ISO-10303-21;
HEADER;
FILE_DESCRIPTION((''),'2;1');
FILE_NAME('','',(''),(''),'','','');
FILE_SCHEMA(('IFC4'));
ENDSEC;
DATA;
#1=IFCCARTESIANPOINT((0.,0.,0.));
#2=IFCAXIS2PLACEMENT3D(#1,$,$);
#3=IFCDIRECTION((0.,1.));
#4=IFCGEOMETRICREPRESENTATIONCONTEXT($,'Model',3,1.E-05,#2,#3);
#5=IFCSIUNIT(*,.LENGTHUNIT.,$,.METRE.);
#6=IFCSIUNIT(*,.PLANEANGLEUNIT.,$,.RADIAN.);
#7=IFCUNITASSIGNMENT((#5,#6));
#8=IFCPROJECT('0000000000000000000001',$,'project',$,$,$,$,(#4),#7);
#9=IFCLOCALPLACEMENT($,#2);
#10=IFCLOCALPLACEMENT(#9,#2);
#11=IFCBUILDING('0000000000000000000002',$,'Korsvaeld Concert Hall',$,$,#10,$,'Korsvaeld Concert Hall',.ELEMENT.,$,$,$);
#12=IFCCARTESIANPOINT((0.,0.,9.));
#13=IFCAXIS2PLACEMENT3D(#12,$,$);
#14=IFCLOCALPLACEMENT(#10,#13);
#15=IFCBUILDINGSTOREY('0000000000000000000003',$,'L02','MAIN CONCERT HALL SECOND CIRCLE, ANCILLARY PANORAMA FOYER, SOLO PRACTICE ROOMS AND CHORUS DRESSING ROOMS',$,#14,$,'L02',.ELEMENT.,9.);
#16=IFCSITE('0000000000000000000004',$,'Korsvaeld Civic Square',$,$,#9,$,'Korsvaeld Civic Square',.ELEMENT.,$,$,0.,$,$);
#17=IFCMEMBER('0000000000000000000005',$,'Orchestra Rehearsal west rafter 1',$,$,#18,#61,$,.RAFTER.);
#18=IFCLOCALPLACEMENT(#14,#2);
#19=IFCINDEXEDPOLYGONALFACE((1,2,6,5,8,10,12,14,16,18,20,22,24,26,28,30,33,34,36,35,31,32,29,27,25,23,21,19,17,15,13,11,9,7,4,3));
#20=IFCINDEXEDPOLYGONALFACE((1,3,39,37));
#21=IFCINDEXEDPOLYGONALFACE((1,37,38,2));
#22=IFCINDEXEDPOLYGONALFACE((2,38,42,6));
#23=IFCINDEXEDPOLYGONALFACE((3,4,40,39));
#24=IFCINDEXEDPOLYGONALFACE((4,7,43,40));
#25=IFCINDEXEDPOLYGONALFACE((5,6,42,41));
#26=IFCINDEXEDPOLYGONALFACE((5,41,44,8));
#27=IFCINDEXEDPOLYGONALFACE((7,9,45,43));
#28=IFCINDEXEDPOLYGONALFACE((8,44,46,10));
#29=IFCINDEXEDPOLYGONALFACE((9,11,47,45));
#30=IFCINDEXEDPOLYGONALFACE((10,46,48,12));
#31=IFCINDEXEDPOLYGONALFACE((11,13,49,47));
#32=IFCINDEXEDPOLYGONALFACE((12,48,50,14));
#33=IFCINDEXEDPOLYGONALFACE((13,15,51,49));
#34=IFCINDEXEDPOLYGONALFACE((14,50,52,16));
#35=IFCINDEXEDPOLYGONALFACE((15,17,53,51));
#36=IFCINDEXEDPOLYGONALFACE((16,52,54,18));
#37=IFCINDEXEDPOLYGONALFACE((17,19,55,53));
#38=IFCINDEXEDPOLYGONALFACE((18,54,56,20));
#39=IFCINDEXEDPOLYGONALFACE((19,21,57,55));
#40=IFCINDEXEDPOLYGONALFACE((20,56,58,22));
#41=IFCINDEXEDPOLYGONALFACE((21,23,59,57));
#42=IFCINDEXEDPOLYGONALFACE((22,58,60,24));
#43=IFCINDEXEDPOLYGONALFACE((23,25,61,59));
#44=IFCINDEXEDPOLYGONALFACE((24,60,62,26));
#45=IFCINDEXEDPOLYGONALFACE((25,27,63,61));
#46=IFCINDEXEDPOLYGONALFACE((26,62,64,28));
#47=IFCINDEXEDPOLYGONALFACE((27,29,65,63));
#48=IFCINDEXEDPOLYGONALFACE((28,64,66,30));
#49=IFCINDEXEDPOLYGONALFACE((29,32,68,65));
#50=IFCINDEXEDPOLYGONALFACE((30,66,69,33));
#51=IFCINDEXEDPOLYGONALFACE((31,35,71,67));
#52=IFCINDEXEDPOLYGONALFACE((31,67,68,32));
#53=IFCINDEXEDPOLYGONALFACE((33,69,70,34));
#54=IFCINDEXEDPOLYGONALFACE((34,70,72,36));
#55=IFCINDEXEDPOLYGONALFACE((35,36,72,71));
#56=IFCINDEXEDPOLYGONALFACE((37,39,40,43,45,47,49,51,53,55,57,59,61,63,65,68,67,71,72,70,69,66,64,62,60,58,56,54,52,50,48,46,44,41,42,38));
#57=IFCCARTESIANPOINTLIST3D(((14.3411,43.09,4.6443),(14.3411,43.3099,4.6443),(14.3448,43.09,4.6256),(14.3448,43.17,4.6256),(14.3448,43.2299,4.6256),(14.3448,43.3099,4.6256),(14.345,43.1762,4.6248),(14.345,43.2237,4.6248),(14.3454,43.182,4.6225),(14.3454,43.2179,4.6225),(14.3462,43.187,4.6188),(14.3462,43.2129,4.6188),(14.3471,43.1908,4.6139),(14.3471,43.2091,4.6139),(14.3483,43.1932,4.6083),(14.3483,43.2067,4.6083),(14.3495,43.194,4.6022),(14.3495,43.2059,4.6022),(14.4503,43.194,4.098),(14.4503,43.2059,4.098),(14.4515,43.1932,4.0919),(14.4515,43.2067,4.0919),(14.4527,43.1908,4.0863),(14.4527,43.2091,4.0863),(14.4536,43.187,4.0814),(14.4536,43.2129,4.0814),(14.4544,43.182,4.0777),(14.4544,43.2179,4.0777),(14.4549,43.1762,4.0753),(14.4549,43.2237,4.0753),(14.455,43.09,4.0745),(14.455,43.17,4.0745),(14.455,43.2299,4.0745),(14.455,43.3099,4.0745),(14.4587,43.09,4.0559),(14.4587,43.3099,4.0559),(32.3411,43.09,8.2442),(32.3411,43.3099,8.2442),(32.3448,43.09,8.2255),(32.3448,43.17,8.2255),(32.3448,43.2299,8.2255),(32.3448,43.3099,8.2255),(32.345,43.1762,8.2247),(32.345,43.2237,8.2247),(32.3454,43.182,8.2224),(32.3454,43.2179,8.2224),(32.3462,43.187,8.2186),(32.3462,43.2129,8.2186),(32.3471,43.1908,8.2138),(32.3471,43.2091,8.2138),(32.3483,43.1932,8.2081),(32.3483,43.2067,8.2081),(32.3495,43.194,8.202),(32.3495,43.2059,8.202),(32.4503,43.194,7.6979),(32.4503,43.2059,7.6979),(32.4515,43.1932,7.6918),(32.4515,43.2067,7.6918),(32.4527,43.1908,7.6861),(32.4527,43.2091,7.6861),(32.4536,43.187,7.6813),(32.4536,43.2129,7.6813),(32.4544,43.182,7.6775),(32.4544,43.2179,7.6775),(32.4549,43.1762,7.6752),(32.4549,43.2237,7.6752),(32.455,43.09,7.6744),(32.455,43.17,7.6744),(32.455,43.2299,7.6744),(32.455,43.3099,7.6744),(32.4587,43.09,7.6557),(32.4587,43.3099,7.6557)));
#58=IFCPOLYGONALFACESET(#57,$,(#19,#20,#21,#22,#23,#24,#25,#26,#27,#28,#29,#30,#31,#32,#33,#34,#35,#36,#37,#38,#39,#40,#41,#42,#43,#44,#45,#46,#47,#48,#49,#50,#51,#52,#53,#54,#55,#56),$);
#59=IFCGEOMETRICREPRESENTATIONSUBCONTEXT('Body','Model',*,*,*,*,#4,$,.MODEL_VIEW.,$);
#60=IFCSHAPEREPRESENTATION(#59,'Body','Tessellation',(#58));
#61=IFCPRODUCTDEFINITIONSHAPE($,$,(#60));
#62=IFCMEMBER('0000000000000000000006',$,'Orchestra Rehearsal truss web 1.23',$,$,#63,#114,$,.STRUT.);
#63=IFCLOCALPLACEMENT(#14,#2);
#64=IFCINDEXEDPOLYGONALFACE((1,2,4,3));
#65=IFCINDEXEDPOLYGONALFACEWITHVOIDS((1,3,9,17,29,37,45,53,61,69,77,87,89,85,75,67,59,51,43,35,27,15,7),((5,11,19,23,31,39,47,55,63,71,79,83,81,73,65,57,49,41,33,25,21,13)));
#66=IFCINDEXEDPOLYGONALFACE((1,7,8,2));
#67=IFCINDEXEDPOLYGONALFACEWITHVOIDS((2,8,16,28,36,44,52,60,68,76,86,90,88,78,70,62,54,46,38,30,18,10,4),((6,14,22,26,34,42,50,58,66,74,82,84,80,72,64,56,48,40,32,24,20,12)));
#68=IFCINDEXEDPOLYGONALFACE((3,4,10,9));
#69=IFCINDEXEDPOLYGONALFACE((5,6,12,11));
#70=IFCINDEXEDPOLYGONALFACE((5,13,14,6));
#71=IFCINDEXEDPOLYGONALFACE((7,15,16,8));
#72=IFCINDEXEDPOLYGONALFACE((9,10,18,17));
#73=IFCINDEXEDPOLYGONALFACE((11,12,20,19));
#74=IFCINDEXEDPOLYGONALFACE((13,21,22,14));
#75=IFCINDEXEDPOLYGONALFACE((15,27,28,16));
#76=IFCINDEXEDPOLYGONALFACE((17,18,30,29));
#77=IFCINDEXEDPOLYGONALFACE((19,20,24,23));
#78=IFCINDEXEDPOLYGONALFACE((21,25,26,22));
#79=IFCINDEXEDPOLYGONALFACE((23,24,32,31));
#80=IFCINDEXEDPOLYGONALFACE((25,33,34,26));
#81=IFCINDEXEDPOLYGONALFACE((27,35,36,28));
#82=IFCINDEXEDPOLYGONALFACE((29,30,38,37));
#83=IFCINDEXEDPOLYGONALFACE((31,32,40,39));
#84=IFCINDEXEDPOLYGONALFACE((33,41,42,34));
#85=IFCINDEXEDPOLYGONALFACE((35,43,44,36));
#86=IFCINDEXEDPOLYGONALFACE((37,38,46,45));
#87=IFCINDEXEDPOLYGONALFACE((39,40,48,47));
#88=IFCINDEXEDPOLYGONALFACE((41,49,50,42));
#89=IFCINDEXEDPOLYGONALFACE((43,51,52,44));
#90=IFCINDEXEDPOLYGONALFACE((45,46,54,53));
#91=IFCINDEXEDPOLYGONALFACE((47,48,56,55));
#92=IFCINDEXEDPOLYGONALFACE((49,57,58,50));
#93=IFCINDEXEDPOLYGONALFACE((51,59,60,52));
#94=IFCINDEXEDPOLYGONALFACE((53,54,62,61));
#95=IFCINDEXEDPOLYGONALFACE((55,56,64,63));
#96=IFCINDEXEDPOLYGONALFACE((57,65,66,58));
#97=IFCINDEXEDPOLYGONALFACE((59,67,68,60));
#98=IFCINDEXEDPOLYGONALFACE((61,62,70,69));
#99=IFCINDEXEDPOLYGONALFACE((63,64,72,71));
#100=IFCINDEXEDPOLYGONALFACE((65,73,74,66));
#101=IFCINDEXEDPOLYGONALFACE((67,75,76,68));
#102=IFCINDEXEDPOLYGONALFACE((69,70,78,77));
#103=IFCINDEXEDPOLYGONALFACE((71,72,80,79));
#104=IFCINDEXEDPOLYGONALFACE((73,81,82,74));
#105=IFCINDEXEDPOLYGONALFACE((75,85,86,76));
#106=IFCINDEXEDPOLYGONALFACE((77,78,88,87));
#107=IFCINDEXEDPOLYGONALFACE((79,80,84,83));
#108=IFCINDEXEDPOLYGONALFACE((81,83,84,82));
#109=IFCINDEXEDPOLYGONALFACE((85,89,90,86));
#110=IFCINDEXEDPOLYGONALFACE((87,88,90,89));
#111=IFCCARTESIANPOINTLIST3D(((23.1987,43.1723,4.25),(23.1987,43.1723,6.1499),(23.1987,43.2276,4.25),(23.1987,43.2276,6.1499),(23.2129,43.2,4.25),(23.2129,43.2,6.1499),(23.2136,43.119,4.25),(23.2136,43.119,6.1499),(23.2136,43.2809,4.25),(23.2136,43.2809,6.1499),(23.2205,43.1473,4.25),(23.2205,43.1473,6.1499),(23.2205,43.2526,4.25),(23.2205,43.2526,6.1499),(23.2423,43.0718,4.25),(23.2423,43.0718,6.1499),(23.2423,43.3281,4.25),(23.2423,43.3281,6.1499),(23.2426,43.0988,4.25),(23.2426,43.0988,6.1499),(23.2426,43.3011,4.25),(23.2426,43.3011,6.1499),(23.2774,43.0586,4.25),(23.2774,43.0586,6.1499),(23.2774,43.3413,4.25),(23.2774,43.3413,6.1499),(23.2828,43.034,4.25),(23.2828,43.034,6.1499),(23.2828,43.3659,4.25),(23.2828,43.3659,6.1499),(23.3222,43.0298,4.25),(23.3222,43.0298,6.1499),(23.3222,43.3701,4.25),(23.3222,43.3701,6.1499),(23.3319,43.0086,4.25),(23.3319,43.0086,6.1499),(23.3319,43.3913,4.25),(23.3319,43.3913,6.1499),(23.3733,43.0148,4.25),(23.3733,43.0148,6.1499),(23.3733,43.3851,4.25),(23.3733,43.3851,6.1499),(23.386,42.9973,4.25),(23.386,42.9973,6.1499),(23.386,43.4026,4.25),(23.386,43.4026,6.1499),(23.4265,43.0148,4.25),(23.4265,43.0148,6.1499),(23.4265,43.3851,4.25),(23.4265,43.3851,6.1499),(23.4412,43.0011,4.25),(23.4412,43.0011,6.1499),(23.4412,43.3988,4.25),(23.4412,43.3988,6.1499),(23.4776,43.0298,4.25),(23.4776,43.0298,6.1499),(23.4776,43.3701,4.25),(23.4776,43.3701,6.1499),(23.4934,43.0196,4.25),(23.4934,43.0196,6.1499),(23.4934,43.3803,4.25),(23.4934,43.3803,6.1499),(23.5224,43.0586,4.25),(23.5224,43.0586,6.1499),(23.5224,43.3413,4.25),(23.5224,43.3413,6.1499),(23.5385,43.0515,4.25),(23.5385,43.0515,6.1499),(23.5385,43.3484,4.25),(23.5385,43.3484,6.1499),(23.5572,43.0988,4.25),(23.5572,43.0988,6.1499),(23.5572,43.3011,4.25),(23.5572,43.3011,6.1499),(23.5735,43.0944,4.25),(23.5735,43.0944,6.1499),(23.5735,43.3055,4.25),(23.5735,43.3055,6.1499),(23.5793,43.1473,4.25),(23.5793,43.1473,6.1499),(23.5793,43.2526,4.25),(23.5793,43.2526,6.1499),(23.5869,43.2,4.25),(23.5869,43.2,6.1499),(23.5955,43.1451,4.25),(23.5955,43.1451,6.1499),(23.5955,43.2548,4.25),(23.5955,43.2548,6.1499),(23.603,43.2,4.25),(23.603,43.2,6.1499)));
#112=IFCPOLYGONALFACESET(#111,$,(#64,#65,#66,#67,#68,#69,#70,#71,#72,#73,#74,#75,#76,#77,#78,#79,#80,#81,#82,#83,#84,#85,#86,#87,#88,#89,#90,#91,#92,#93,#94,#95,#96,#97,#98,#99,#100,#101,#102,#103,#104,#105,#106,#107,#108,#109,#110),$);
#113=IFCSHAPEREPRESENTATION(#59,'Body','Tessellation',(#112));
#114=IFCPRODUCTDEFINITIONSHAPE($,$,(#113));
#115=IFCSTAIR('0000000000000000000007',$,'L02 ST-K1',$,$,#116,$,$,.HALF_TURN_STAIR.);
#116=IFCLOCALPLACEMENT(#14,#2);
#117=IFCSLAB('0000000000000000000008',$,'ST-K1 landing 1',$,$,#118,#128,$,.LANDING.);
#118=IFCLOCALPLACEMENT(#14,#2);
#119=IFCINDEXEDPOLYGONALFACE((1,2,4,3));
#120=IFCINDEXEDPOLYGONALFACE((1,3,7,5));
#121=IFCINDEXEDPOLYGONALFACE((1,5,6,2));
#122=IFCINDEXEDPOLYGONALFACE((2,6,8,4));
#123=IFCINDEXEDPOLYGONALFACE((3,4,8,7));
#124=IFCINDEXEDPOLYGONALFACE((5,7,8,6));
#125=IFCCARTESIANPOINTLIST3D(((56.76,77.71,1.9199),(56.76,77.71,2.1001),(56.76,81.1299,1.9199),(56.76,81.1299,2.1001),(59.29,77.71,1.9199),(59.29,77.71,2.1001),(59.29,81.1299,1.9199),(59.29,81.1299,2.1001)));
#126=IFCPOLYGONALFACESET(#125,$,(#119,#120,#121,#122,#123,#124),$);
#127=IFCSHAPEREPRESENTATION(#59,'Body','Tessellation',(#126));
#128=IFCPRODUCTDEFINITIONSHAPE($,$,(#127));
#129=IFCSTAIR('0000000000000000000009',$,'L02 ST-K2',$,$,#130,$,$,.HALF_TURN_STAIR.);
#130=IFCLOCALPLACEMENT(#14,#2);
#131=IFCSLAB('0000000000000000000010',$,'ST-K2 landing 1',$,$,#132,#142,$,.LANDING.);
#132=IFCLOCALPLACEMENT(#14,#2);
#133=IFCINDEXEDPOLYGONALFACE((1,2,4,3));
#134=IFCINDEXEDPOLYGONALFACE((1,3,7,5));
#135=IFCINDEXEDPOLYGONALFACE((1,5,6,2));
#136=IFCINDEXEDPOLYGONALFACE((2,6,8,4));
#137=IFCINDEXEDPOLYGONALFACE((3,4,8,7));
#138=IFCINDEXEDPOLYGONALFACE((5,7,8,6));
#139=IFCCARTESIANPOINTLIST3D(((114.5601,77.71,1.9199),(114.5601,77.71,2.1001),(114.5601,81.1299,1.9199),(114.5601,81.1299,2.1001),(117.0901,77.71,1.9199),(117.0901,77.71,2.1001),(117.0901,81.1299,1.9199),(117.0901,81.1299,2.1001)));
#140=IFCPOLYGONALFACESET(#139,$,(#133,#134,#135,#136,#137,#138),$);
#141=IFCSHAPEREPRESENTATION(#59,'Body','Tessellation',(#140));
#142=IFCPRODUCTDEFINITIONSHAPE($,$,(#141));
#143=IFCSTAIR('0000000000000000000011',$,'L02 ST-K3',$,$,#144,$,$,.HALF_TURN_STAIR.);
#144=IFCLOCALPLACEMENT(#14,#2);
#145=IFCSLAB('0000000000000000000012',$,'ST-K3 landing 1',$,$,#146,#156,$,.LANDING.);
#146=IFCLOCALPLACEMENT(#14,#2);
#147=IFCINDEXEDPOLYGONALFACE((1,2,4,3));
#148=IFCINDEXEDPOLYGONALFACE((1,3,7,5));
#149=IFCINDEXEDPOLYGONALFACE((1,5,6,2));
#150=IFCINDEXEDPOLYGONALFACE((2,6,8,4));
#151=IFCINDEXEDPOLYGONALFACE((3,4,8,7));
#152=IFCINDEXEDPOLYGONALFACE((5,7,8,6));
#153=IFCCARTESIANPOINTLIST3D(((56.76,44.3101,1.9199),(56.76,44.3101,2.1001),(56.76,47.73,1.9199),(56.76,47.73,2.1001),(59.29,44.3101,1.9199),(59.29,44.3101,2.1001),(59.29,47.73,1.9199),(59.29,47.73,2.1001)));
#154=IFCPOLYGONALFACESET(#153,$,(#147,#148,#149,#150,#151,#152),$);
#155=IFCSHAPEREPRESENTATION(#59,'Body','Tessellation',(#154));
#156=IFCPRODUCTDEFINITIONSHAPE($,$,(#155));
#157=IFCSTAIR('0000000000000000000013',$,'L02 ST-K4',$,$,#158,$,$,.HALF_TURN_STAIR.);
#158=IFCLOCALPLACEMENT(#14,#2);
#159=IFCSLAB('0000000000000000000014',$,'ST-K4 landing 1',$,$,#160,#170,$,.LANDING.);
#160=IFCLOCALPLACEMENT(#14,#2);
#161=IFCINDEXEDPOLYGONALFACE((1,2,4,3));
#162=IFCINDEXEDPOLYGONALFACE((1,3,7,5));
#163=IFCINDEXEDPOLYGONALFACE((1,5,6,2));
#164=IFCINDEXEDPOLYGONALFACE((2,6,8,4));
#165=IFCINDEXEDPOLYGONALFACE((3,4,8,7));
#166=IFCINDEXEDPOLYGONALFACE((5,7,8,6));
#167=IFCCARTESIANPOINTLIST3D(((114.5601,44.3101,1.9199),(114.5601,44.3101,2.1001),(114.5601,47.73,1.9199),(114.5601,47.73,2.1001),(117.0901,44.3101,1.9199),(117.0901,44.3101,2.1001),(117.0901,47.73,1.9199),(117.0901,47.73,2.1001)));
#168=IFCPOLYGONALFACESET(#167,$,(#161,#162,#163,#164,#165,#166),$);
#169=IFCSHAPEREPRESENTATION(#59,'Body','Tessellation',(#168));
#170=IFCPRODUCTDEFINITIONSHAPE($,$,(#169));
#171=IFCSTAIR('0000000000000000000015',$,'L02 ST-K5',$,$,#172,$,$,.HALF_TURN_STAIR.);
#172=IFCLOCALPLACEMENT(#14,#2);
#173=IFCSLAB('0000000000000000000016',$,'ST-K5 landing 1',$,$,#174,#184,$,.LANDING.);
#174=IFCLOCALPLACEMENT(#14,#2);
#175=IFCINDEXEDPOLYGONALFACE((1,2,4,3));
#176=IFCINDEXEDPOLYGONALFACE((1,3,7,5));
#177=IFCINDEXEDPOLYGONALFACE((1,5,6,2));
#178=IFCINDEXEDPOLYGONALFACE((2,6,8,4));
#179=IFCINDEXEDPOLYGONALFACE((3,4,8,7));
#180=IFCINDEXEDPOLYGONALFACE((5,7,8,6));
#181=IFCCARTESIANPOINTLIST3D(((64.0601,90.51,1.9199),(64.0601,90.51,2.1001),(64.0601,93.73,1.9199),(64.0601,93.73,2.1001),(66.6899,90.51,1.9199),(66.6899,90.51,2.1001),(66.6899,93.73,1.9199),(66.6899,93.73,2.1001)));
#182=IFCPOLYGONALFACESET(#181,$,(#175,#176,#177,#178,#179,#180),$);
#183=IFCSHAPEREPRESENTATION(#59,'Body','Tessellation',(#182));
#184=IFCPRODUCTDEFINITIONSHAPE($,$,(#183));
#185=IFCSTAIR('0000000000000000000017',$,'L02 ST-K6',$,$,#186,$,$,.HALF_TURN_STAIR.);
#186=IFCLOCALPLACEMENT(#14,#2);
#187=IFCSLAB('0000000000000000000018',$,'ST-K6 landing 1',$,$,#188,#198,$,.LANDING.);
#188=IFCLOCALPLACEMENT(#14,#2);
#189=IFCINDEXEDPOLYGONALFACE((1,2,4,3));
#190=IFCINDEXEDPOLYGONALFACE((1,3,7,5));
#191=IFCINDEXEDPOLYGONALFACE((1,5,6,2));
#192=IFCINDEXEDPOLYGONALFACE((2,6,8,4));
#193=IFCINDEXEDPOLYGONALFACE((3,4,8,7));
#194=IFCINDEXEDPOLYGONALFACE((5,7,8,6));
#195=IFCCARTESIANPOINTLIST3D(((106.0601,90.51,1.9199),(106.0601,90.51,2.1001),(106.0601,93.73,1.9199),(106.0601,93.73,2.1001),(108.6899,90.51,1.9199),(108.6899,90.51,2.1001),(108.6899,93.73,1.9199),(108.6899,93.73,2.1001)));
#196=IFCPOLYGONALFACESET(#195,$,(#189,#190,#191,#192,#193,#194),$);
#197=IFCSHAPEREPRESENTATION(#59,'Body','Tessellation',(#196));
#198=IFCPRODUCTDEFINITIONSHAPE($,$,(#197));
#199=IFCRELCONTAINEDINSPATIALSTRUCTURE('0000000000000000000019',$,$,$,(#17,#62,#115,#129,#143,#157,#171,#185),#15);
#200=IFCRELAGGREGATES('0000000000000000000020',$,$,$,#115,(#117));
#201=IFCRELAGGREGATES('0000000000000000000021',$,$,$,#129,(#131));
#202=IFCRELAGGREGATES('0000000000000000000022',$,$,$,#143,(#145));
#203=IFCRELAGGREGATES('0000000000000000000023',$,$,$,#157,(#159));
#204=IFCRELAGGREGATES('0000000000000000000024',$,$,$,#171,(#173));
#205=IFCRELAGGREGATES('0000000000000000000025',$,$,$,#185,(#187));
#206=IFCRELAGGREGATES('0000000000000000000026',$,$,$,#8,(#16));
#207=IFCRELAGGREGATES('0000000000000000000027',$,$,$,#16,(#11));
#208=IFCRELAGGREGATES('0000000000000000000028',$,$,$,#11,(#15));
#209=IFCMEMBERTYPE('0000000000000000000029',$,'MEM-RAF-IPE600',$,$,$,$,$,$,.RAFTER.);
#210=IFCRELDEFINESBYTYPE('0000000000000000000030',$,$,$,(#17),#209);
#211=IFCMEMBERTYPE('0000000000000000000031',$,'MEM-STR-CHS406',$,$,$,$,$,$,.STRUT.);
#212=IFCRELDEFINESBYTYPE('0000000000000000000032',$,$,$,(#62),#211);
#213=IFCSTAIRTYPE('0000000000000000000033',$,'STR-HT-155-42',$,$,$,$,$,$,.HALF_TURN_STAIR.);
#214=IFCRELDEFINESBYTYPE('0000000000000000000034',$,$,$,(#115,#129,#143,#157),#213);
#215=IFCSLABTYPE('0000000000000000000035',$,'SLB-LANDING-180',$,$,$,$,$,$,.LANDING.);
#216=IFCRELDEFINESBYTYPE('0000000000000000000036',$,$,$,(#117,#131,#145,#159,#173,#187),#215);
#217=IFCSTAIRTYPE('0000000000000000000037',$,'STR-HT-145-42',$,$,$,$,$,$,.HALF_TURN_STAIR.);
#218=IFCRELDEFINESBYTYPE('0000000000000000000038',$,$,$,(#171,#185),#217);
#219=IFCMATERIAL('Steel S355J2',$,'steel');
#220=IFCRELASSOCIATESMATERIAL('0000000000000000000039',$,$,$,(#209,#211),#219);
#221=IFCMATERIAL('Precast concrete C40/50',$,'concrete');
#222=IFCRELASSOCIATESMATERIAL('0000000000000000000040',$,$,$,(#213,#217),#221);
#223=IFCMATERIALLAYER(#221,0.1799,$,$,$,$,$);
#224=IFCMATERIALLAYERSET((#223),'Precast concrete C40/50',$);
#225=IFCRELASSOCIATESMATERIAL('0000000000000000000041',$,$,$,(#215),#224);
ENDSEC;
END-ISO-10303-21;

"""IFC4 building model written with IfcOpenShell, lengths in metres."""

from ifc_helpers import new_model, si_unit, direction, frame, origin, origin_2d, place, context, subcontext, project, spatial, polyline, hollow_circle, i_section, outline, extrude, material, layer, layer_set, material_profile, profile_set, type_object, element, aggregate, save


model = new_model("IFC4")

# Units and contexts
model_context = context("Model", 3, precision=1e-05, world=origin(), true_north=direction((0.0, 1.0)))
body_context = subcontext(model_context, "Body", "Model", "MODEL_VIEW")
ifc_project = project(units=[si_unit("LENGTHUNIT", "METRE"), si_unit("PLANEANGLEUNIT", "RADIAN")], contexts=[model_context])

# Site, building, storey
site_placement = place(None, origin())
site = spatial("IfcSite", under=ifc_project, at=site_placement, Name="Korsvaeld Civic Square", LongName="Korsvaeld Civic Square", CompositionType="ELEMENT", RefElevation=0.0)
building_placement = place(site_placement, origin())
building = spatial("IfcBuilding", under=site, at=building_placement, Name="Korsvaeld Concert Hall", LongName="Korsvaeld Concert Hall", CompositionType="ELEMENT")
storey_placement = place(building_placement, frame((0.0, 0.0, 9.0)))
storey = spatial("IfcBuildingStorey", under=building, at=storey_placement, Name="L02", Description="MAIN CONCERT HALL SECOND CIRCLE, ANCILLARY PANORAMA FOYER, SOLO PRACTICE ROOMS AND CHORUS DRESSING ROOMS", LongName="L02", CompositionType="ELEMENT", Elevation=9.0)

# Members
ifc_material_1 = material(Name="Steel S355J2", Category="steel")
ifc_material_profile_1 = material_profile(ifc_material_1, i_section(OverallWidth=0.22, OverallDepth=0.6001, WebThickness=0.012, FlangeThickness=0.019, FilletRadius=0.0239, at=origin_2d()), Name="IPE 600")
ifc_profile_set_1 = profile_set([ifc_material_profile_1], Name="Steel S355J2")
member_type_1 = type_object("IfcMemberType", Name="MEM-RAF-IPE600", PredefinedType="RAFTER", material=ifc_profile_set_1)
member_1_placement = place(storey_placement, frame((14.3999, 43.2, 4.3501), z_axis=(0.980582, 0.0, 0.196108), x_axis=(0.0, 1.0, 0.0)))
element("IfcMember", 1, at=member_1_placement, inside=storey, type_object=member_type_1, Name="Orchestra Rehearsal west rafter 1", PredefinedType="RAFTER", context=body_context, shape_type="SweptSolid", body=[
    extrude(i_section(OverallWidth=0.22, OverallDepth=0.6001, WebThickness=0.012, FlangeThickness=0.019, FilletRadius=0.0239, at=origin_2d()), origin(), (0.0, 0.0, 1.0), 18.3564),
])
ifc_material_profile_2 = material_profile(ifc_material_1, hollow_circle(Radius=0.2031, WallThickness=0.0161, at=origin_2d()), Name="CHS 406.4x16")
ifc_profile_set_2 = profile_set([ifc_material_profile_2], Name="Steel S355J2")
member_type_2 = type_object("IfcMemberType", Name="MEM-STR-CHS406", PredefinedType="STRUT", material=ifc_profile_set_2)
member_2_placement = place(storey_placement, frame((23.3999, 43.2, 4.25), z_axis=(0.0, 0.0, 1.0), x_axis=(1.0, 0.0, 0.0)))
element("IfcMember", 2, at=member_2_placement, inside=storey, type_object=member_type_2, Name="Orchestra Rehearsal truss web 1.23", PredefinedType="STRUT", context=body_context, shape_type="SweptSolid", body=[
    extrude(hollow_circle(Radius=0.2031, WallThickness=0.0161, at=origin_2d()), origin(), (0.0, 0.0, 1.0), 1.8999),
])

# Stairs, slabs
ifc_material_2 = material(Name="Precast concrete C40/50", Category="concrete")
stair_type_1 = type_object("IfcStairType", Name="STR-HT-155-42", PredefinedType="HALF_TURN_STAIR", material=ifc_material_2)
stair_1_placement = place(storey_placement, origin())
stair_1 = element("IfcStair", 3, at=stair_1_placement, inside=storey, type_object=stair_type_1, Name="L02 ST-K1", PredefinedType="HALF_TURN_STAIR")
ifc_layer_1 = layer(ifc_material_2, 0.1799)
ifc_layer_set_1 = layer_set([ifc_layer_1], Name="Precast concrete C40/50")
slab_type_1 = type_object("IfcSlabType", Name="SLB-LANDING-180", PredefinedType="LANDING", material=ifc_layer_set_1)
slab_1_placement = place(storey_placement, frame((0.0, 0.0, 1.9199)))
slab_1 = element("IfcSlab", 4, at=slab_1_placement, type_object=slab_type_1, Name="ST-K1 landing 1", PredefinedType="LANDING", context=body_context, shape_type="SweptSolid", body=[
    extrude(outline(polyline([(56.76, 77.71), (56.76, 81.1299), (59.29, 81.1299), (59.29, 77.71), (56.76, 77.71)])), origin(), (0.0, 0.0, 1.0), 0.1802),
])
aggregate(stair_1, [slab_1])
stair_2_placement = place(storey_placement, origin())
stair_2 = element("IfcStair", 5, at=stair_2_placement, inside=storey, type_object=stair_type_1, Name="L02 ST-K2", PredefinedType="HALF_TURN_STAIR")
slab_2_placement = place(storey_placement, frame((0.0, 0.0, 1.9199)))
slab_2 = element("IfcSlab", 6, at=slab_2_placement, type_object=slab_type_1, Name="ST-K2 landing 1", PredefinedType="LANDING", context=body_context, shape_type="SweptSolid", body=[
    extrude(outline(polyline([(114.5601, 77.71), (114.5601, 81.1299), (117.0901, 81.1299), (117.0901, 77.71), (114.5601, 77.71)])), origin(), (0.0, 0.0, 1.0), 0.1802),
])
aggregate(stair_2, [slab_2])
stair_3_placement = place(storey_placement, origin())
stair_3 = element("IfcStair", 7, at=stair_3_placement, inside=storey, type_object=stair_type_1, Name="L02 ST-K3", PredefinedType="HALF_TURN_STAIR")
slab_3_placement = place(storey_placement, frame((0.0, 0.0, 1.9199)))
slab_3 = element("IfcSlab", 8, at=slab_3_placement, type_object=slab_type_1, Name="ST-K3 landing 1", PredefinedType="LANDING", context=body_context, shape_type="SweptSolid", body=[
    extrude(outline(polyline([(56.76, 44.3101), (56.76, 47.73), (59.29, 47.73), (59.29, 44.3101), (56.76, 44.3101)])), origin(), (0.0, 0.0, 1.0), 0.1802),
])
aggregate(stair_3, [slab_3])
stair_4_placement = place(storey_placement, origin())
stair_4 = element("IfcStair", 9, at=stair_4_placement, inside=storey, type_object=stair_type_1, Name="L02 ST-K4", PredefinedType="HALF_TURN_STAIR")
slab_4_placement = place(storey_placement, frame((0.0, 0.0, 1.9199)))
slab_4 = element("IfcSlab", 10, at=slab_4_placement, type_object=slab_type_1, Name="ST-K4 landing 1", PredefinedType="LANDING", context=body_context, shape_type="SweptSolid", body=[
    extrude(outline(polyline([(114.5601, 44.3101), (114.5601, 47.73), (117.0901, 47.73), (117.0901, 44.3101), (114.5601, 44.3101)])), origin(), (0.0, 0.0, 1.0), 0.1802),
])
aggregate(stair_4, [slab_4])
stair_type_2 = type_object("IfcStairType", Name="STR-HT-145-42", PredefinedType="HALF_TURN_STAIR", material=ifc_material_2)
stair_5_placement = place(storey_placement, origin())
stair_5 = element("IfcStair", 11, at=stair_5_placement, inside=storey, type_object=stair_type_2, Name="L02 ST-K5", PredefinedType="HALF_TURN_STAIR")
slab_5_placement = place(storey_placement, frame((0.0, 0.0, 1.9199)))
slab_5 = element("IfcSlab", 12, at=slab_5_placement, type_object=slab_type_1, Name="ST-K5 landing 1", PredefinedType="LANDING", context=body_context, shape_type="SweptSolid", body=[
    extrude(outline(polyline([(64.0601, 90.51), (64.0601, 93.73), (66.6899, 93.73), (66.6899, 90.51), (64.0601, 90.51)])), origin(), (0.0, 0.0, 1.0), 0.1802),
])
aggregate(stair_5, [slab_5])
stair_6_placement = place(storey_placement, origin())
stair_6 = element("IfcStair", 13, at=stair_6_placement, inside=storey, type_object=stair_type_2, Name="L02 ST-K6", PredefinedType="HALF_TURN_STAIR")
slab_6_placement = place(storey_placement, frame((0.0, 0.0, 1.9199)))
slab_6 = element("IfcSlab", 14, at=slab_6_placement, type_object=slab_type_1, Name="ST-K6 landing 1", PredefinedType="LANDING", context=body_context, shape_type="SweptSolid", body=[
    extrude(outline(polyline([(106.0601, 90.51), (106.0601, 93.73), (108.6899, 93.73), (108.6899, 90.51), (106.0601, 90.51)])), origin(), (0.0, 0.0, 1.0), 0.1802),
])
aggregate(stair_6, [slab_6])

save(model, "model.ifc")
